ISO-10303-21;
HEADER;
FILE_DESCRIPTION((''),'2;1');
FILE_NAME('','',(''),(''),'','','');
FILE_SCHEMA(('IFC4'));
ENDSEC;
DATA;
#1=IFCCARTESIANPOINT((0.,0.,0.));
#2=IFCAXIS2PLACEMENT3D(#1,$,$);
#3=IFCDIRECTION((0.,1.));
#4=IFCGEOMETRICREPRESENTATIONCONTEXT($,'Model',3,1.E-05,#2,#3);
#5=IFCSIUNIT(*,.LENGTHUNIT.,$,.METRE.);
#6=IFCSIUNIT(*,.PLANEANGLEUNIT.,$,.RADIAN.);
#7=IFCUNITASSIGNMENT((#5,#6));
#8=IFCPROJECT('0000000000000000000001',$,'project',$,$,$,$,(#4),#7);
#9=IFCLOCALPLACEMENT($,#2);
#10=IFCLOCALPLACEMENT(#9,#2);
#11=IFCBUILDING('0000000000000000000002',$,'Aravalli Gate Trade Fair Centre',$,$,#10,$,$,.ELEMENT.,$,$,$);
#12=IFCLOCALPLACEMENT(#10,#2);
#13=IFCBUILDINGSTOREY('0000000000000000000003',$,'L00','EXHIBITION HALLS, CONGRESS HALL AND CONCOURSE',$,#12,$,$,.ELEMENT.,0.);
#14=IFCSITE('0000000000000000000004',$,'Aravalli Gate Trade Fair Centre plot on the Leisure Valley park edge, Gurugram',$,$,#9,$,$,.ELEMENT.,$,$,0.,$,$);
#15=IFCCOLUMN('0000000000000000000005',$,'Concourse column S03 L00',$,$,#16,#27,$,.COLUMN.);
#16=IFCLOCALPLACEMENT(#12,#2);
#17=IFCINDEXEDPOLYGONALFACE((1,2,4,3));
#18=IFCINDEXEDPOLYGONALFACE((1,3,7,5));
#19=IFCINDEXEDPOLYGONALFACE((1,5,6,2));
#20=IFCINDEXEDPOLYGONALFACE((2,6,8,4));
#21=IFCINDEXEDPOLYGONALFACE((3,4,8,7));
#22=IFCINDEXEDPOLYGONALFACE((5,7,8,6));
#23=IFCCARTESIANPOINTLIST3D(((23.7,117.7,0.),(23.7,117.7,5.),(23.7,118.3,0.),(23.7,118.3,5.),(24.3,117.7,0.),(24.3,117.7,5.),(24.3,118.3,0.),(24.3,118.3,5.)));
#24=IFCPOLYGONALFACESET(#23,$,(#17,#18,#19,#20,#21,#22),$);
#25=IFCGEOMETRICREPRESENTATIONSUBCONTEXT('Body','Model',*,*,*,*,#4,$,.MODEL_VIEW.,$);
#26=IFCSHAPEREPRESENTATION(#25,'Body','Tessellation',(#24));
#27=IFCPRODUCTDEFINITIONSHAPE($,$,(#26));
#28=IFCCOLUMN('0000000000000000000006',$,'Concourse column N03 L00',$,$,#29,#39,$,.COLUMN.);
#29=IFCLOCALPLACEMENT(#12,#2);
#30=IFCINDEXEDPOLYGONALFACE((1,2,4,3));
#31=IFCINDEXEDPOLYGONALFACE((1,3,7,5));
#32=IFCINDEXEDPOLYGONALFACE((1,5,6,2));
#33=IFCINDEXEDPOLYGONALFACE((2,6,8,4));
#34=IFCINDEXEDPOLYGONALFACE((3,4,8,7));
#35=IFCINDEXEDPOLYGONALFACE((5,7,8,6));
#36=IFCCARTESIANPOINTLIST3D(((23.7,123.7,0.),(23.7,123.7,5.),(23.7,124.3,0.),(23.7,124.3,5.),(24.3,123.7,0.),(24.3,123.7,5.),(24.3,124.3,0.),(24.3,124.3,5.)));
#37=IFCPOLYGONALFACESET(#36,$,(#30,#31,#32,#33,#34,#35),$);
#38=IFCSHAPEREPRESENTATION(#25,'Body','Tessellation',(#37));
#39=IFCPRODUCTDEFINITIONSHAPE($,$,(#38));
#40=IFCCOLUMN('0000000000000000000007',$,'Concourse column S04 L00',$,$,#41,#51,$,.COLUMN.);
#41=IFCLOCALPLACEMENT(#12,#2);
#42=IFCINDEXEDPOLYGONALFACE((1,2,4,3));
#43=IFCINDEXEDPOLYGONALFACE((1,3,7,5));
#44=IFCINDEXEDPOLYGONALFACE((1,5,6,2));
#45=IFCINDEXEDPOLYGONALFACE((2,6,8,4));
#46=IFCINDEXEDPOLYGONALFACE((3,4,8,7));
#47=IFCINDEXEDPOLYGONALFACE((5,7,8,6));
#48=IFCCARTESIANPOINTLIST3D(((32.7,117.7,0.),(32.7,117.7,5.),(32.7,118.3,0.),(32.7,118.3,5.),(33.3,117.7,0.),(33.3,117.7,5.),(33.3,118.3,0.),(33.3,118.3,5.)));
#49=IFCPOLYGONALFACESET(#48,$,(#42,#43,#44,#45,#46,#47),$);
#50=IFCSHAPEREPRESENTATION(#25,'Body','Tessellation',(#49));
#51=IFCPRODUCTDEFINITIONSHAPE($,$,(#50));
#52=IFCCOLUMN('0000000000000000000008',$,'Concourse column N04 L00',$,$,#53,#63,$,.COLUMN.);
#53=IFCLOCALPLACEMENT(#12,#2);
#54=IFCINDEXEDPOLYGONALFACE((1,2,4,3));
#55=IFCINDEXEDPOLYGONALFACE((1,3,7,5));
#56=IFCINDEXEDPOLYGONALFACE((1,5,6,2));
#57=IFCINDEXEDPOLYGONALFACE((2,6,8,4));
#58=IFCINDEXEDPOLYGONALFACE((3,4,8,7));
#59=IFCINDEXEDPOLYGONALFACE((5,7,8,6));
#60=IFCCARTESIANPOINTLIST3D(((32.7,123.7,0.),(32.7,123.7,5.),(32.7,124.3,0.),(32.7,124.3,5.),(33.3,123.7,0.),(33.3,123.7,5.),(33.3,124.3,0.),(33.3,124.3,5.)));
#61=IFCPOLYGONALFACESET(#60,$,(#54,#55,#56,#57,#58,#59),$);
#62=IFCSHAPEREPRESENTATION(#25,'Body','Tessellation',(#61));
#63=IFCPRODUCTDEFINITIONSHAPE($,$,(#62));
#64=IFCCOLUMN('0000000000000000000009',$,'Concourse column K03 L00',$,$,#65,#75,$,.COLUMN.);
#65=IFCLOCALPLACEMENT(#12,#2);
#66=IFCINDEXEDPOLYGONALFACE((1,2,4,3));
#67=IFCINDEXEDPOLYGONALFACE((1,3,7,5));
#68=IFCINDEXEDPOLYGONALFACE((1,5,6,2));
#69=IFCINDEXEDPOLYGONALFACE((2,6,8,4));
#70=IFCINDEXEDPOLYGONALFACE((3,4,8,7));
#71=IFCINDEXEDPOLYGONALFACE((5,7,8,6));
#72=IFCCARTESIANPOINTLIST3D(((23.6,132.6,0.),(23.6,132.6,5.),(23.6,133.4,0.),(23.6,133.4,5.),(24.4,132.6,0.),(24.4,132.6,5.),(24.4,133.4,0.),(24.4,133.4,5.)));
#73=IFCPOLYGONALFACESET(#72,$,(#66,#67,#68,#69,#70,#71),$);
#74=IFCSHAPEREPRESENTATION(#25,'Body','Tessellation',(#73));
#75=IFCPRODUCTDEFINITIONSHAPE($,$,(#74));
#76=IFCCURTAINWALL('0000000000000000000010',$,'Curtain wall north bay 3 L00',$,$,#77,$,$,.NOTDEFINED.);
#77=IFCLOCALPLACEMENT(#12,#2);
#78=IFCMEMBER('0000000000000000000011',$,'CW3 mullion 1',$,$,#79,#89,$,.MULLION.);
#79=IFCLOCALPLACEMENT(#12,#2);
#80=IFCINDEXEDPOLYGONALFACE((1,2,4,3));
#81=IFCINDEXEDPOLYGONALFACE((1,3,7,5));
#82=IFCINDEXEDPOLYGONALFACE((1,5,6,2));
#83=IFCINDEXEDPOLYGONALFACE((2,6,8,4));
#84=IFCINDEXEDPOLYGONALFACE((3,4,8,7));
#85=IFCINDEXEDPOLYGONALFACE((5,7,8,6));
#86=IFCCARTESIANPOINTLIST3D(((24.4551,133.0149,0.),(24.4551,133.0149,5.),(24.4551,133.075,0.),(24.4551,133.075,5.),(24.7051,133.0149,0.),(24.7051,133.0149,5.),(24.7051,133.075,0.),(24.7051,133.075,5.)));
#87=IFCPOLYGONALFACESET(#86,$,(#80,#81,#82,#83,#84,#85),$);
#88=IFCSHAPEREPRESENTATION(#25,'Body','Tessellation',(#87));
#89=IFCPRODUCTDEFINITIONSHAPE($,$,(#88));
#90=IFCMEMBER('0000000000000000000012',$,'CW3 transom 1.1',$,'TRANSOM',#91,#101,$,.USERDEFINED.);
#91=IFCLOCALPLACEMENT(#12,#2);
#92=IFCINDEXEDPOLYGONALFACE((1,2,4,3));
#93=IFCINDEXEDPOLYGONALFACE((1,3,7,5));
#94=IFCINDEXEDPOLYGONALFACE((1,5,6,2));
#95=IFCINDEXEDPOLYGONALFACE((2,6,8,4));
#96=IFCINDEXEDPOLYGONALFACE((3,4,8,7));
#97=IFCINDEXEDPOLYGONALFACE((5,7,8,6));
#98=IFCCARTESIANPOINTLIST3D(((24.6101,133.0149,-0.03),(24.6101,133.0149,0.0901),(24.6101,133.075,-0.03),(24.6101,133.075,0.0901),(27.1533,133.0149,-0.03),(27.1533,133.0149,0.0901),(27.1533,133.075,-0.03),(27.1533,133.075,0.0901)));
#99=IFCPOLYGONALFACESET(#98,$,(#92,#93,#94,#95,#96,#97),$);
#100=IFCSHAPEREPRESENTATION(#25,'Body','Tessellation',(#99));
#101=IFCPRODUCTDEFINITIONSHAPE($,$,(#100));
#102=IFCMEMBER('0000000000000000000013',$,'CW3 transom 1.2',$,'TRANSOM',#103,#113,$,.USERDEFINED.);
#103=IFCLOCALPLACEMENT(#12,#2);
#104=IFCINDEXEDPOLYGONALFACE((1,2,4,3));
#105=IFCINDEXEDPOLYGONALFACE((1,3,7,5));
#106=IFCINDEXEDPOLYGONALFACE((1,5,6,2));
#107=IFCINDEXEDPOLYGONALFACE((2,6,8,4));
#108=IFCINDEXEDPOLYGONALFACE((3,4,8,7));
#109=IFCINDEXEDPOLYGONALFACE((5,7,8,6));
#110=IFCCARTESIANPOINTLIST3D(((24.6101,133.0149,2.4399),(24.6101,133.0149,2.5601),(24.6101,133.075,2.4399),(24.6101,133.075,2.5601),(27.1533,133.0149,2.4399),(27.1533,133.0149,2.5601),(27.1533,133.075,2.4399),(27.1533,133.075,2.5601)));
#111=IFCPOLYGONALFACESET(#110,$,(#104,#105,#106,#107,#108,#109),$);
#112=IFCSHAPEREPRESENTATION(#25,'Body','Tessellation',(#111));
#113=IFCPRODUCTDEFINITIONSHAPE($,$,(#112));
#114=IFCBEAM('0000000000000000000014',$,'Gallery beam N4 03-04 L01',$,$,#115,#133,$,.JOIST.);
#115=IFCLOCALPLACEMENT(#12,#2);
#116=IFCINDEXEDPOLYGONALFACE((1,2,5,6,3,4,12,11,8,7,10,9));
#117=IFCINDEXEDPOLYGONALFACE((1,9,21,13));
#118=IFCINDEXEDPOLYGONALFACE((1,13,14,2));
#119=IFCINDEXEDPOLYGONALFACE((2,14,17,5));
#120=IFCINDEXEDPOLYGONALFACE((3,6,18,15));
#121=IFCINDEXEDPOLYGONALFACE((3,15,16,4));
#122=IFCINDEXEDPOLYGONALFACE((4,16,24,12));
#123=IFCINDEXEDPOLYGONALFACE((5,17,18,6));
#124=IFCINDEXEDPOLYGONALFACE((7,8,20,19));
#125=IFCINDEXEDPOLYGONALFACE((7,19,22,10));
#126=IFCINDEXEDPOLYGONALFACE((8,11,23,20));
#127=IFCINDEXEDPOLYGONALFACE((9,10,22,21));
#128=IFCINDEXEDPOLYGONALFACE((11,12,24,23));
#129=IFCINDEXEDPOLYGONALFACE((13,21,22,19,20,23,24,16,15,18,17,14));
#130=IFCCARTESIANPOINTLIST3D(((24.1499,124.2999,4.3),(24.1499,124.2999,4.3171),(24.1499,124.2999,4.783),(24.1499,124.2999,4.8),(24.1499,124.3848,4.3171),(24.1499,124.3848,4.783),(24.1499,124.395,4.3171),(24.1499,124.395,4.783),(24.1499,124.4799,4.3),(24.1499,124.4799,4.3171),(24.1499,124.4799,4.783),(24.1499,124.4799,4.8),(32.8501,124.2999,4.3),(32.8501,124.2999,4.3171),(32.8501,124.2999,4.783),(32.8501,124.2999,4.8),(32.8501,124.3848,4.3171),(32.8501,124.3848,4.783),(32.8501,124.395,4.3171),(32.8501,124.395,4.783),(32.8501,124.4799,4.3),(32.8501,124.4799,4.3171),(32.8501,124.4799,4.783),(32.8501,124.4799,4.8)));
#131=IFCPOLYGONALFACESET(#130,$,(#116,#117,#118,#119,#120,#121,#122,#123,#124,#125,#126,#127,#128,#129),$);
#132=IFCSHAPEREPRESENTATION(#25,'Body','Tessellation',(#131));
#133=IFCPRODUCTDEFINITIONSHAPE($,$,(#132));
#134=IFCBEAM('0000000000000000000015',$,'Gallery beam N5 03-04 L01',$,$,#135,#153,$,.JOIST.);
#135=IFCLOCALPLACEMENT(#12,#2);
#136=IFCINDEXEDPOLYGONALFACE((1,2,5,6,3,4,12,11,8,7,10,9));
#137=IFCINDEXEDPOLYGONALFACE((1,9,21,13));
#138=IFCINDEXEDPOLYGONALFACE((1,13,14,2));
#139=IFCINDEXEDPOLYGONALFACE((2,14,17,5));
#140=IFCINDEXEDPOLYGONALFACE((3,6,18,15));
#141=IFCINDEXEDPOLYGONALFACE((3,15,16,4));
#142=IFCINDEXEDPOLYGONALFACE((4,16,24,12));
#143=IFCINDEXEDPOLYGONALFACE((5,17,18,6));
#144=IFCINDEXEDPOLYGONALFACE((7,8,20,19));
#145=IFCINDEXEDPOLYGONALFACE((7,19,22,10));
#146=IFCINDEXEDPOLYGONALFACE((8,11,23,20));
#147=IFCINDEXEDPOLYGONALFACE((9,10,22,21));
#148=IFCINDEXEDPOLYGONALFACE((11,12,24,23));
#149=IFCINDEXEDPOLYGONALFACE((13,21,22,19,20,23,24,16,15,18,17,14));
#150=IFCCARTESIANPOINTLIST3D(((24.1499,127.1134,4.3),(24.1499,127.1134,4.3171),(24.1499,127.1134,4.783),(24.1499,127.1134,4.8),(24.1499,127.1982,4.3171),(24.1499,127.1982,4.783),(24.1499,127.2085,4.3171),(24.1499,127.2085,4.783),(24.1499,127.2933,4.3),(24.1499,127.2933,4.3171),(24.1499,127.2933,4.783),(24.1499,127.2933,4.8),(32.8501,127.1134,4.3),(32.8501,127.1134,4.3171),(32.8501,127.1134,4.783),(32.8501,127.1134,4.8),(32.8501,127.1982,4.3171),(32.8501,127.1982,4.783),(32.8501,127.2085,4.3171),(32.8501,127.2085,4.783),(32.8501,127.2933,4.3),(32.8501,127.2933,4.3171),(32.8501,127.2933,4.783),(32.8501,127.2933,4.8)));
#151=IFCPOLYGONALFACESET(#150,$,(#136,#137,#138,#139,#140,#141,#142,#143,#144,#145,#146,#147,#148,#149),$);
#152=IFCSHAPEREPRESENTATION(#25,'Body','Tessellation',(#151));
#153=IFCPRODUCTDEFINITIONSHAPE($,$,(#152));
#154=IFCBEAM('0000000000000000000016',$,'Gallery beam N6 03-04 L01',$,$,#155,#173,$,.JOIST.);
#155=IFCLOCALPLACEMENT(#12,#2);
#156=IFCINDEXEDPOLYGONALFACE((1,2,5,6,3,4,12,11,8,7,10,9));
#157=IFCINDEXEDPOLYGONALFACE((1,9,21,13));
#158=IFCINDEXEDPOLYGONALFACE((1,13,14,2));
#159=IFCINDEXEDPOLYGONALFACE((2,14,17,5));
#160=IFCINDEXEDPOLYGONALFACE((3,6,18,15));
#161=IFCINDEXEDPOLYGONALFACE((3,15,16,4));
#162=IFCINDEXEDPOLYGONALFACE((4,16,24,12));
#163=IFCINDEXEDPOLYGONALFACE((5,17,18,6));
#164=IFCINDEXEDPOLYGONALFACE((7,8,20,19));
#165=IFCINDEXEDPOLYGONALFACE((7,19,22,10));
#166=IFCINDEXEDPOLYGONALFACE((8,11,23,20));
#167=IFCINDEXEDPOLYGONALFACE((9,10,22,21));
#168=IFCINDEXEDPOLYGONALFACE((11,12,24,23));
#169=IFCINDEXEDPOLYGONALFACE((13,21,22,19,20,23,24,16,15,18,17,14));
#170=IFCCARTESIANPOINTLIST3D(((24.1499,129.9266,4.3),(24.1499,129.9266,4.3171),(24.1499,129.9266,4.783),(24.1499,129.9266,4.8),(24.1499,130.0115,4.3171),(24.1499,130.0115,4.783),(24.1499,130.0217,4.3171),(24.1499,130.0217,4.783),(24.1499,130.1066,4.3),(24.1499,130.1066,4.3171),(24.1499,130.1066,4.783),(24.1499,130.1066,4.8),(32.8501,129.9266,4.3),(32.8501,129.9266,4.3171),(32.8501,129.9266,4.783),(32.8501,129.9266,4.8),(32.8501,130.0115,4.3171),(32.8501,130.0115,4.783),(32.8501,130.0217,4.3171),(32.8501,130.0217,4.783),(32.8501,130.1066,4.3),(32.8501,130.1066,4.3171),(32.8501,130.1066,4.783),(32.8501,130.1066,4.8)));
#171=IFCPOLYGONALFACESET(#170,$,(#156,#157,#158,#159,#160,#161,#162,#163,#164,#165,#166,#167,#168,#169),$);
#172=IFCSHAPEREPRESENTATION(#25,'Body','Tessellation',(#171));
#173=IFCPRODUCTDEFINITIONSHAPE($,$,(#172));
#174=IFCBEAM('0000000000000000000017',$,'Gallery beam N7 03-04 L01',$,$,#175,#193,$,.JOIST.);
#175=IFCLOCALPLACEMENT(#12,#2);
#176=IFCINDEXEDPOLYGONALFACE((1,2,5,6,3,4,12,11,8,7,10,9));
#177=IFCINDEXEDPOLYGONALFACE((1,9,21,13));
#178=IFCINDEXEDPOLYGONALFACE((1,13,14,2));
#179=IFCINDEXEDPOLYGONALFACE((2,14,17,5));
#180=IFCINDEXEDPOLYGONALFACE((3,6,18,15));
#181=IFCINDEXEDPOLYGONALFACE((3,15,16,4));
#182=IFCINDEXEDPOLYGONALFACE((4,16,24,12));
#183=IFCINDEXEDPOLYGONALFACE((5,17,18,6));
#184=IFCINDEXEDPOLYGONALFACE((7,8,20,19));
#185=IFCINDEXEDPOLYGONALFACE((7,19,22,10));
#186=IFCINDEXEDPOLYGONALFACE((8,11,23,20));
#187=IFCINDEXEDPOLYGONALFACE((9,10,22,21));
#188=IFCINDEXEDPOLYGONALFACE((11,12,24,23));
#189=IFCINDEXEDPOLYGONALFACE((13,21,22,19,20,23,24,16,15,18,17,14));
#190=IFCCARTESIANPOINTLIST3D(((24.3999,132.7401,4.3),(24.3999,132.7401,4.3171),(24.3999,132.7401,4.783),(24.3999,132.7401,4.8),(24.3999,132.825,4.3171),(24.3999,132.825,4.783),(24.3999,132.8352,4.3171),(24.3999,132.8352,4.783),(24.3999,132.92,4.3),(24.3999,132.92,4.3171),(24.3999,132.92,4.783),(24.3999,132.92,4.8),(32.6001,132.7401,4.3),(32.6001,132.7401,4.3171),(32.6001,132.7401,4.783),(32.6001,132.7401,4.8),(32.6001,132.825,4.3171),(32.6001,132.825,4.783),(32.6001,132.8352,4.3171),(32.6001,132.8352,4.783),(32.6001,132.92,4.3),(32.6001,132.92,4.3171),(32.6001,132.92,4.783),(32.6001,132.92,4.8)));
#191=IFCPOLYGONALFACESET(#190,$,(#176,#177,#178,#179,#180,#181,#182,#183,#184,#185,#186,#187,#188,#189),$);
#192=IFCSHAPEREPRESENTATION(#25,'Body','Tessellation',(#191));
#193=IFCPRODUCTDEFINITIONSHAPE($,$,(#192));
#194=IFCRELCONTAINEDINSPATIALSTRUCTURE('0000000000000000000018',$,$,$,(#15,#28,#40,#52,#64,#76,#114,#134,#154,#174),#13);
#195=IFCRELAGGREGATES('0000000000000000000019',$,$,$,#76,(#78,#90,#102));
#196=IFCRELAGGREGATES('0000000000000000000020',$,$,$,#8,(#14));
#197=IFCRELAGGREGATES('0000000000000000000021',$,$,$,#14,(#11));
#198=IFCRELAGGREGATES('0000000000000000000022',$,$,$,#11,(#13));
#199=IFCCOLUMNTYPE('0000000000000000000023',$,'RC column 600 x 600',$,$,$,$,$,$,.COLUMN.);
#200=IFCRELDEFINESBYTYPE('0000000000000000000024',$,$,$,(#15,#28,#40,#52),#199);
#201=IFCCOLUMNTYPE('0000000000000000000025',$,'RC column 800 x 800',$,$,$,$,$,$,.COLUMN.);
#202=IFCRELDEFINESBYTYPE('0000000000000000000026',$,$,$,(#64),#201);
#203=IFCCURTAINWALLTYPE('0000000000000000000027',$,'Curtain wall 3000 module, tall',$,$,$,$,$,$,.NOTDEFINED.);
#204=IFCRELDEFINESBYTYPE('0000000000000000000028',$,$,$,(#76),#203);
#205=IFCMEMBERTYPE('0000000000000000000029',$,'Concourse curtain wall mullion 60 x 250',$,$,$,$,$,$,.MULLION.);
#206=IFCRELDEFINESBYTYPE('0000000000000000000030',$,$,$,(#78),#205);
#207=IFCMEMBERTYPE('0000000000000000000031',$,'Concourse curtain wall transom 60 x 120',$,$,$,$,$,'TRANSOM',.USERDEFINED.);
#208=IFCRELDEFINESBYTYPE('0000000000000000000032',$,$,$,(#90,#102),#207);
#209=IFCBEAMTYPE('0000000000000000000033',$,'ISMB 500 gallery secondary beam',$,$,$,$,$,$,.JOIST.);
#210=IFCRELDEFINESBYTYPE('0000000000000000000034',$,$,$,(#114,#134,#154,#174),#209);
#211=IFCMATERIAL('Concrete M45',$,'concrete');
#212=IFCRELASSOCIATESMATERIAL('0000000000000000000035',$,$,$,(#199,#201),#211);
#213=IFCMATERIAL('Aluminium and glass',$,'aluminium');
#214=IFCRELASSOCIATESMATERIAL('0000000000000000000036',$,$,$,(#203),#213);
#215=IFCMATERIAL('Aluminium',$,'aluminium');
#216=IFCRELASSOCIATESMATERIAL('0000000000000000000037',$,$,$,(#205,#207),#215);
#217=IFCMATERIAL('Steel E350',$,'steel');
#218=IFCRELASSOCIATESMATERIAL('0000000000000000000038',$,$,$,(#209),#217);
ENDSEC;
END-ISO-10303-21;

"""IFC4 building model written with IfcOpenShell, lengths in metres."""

from ifc_helpers import new_model, si_unit, direction, frame, origin, origin_2d, place, context, subcontext, project, spatial, rectangle, i_section, extrude, material, material_profile, profile_set, type_object, element, aggregate, save


model = new_model("IFC4")

# Units and contexts
model_context = context("Model", 3, precision=1e-05, world=origin(), true_north=direction((0.0, 1.0)))
body_context = subcontext(model_context, "Body", "Model", "MODEL_VIEW")
ifc_project = project(units=[si_unit("LENGTHUNIT", "METRE"), si_unit("PLANEANGLEUNIT", "RADIAN")], contexts=[model_context])

# Site, building, storey
site_placement = place(None, origin())
site = spatial("IfcSite", under=ifc_project, at=site_placement, Name="Aravalli Gate Trade Fair Centre plot on the Leisure Valley park edge, Gurugram", CompositionType="ELEMENT", RefElevation=0.0)
building_placement = place(site_placement, origin())
building = spatial("IfcBuilding", under=site, at=building_placement, Name="Aravalli Gate Trade Fair Centre", CompositionType="ELEMENT")
storey_placement = place(building_placement, origin())
storey = spatial("IfcBuildingStorey", under=building, at=storey_placement, Name="L00", Description="EXHIBITION HALLS, CONGRESS HALL AND CONCOURSE", CompositionType="ELEMENT", Elevation=0.0)

# Columns
ifc_material_1 = material(Name="Concrete M45", Category="concrete")
ifc_material_profile_1 = material_profile(ifc_material_1, rectangle(XDim=0.6001, YDim=0.6001, at=origin_2d()), Name="RC column 600 x 600")
ifc_profile_set_1 = profile_set([ifc_material_profile_1], Name="Concrete M45")
column_type_1 = type_object("IfcColumnType", Name="RC column 600 x 600", PredefinedType="COLUMN", material=ifc_profile_set_1)
for number, where, z_axis, x_axis, name in (
    (1, (24.0, 118.0, 0.0), (0.0, 0.0, 1.0), (1.0, 0.0, 0.0), "Concourse column S03 L00"),
    (2, (24.0, 124.0, 0.0), (0.0, 0.0, 1.0), (1.0, 0.0, 0.0), "Concourse column N03 L00"),
    (3, (33.0, 118.0, 0.0), (0.0, 0.0, 1.0), (1.0, 0.0, 0.0), "Concourse column S04 L00"),
    (4, (33.0, 124.0, 0.0), (0.0, 0.0, 1.0), (1.0, 0.0, 0.0), "Concourse column N04 L00"),
):
    element("IfcColumn", number, at=place(storey_placement, frame(where, z_axis=z_axis, x_axis=x_axis)), inside=storey, type_object=column_type_1, Name=name, PredefinedType="COLUMN", context=body_context, shape_type="SweptSolid", body=[
        extrude(rectangle(XDim=0.6001, YDim=0.6001, at=origin_2d()), origin(), (0.0, 0.0, 1.0), 5.0),
    ])
ifc_material_profile_2 = material_profile(ifc_material_1, rectangle(XDim=0.8, YDim=0.8, at=origin_2d()), Name="RC column 800 x 800")
ifc_profile_set_2 = profile_set([ifc_material_profile_2], Name="Concrete M45")
column_type_2 = type_object("IfcColumnType", Name="RC column 800 x 800", PredefinedType="COLUMN", material=ifc_profile_set_2)
column_placement = place(storey_placement, frame((24.0, 133.0, 0.0), z_axis=(0.0, 0.0, 1.0), x_axis=(1.0, 0.0, 0.0)))
element("IfcColumn", 5, at=column_placement, inside=storey, type_object=column_type_2, Name="Concourse column K03 L00", PredefinedType="COLUMN", context=body_context, shape_type="SweptSolid", body=[
    extrude(rectangle(XDim=0.8, YDim=0.8, at=origin_2d()), origin(), (0.0, 0.0, 1.0), 5.0),
])

# Curtain wall, members
ifc_material_2 = material(Name="Aluminium and glass", Category="aluminium")
curtain_wall_type = type_object("IfcCurtainWallType", Name="Curtain wall 3000 module, tall", PredefinedType="NOTDEFINED", material=ifc_material_2)
curtain_wall_placement = place(storey_placement, origin())
curtain_wall = element("IfcCurtainWall", 6, at=curtain_wall_placement, inside=storey, type_object=curtain_wall_type, Name="Curtain wall north bay 3 L00", PredefinedType="NOTDEFINED")
ifc_material_3 = material(Name="Aluminium", Category="aluminium")
ifc_material_profile_3 = material_profile(ifc_material_3, rectangle(XDim=0.0601, YDim=0.25, at=origin_2d()), Name="Concourse curtain wall mullion 60 x 250")
ifc_profile_set_3 = profile_set([ifc_material_profile_3], Name="Aluminium")
member_type_1 = type_object("IfcMemberType", Name="Concourse curtain wall mullion 60 x 250", PredefinedType="MULLION", material=ifc_profile_set_3)
member_1_placement = place(storey_placement, frame((24.5801, 133.0449, 0.0), z_axis=(0.0, 0.0, 1.0), x_axis=(0.0, 1.0, 0.0)))
member_1 = element("IfcMember", 7, at=member_1_placement, type_object=member_type_1, Name="CW3 mullion 1", PredefinedType="MULLION", context=body_context, shape_type="SweptSolid", body=[
    extrude(rectangle(XDim=0.0601, YDim=0.25, at=origin_2d()), origin(), (0.0, 0.0, 1.0), 5.0),
])
ifc_material_profile_4 = material_profile(ifc_material_3, rectangle(XDim=0.0601, YDim=0.1201, at=origin_2d()), Name="Concourse curtain wall transom 60 x 120")
ifc_profile_set_4 = profile_set([ifc_material_profile_4], Name="Aluminium")
member_type_2 = type_object("IfcMemberType", Name="Concourse curtain wall transom 60 x 120", ElementType="TRANSOM", PredefinedType="USERDEFINED", material=ifc_profile_set_4)
member_2_placement = place(storey_placement, frame((24.6101, 133.0449, 0.03), z_axis=(1.0, 0.0, 0.0), x_axis=(0.0, 1.0, 0.0)))
member_2 = element("IfcMember", 8, at=member_2_placement, type_object=member_type_2, Name="CW3 transom 1.1", ObjectType="TRANSOM", PredefinedType="USERDEFINED", context=body_context, shape_type="SweptSolid", body=[
    extrude(rectangle(XDim=0.0601, YDim=0.1201, at=origin_2d()), origin(), (0.0, 0.0, 1.0), 2.5432),
])
member_3_placement = place(storey_placement, frame((24.6101, 133.0449, 2.5), z_axis=(1.0, 0.0, 0.0), x_axis=(0.0, 1.0, 0.0)))
member_3 = element("IfcMember", 9, at=member_3_placement, type_object=member_type_2, Name="CW3 transom 1.2", ObjectType="TRANSOM", PredefinedType="USERDEFINED", context=body_context, shape_type="SweptSolid", body=[
    extrude(rectangle(XDim=0.0601, YDim=0.1201, at=origin_2d()), origin(), (0.0, 0.0, 1.0), 2.5432),
])
aggregate(curtain_wall, [member_1, member_2, member_3])

# Beams
ifc_material_4 = material(Name="Steel E350", Category="steel")
ifc_material_profile_5 = material_profile(ifc_material_4, i_section(OverallWidth=0.1799, OverallDepth=0.5, WebThickness=0.0103, FlangeThickness=0.0171, at=origin_2d()), Name="ISMB 500")
ifc_profile_set_5 = profile_set([ifc_material_profile_5], Name="Steel E350")
beam_type_1 = type_object("IfcBeamType", Name="ISMB 500 gallery secondary beam", PredefinedType="JOIST", material=ifc_profile_set_5)
for number, where, z_axis, x_axis, name in (
    (10, (24.1499, 124.3899, 4.55), (1.0, 0.0, 0.0), (0.0, 1.0, 0.0), "Gallery beam N4 03-04 L01"),
    (11, (24.1499, 127.2034, 4.55), (1.0, 0.0, 0.0), (0.0, 1.0, 0.0), "Gallery beam N5 03-04 L01"),
    (12, (24.1499, 130.0166, 4.55), (1.0, 0.0, 0.0), (0.0, 1.0, 0.0), "Gallery beam N6 03-04 L01"),
):
    element("IfcBeam", number, at=place(storey_placement, frame(where, z_axis=z_axis, x_axis=x_axis)), inside=storey, type_object=beam_type_1, Name=name, PredefinedType="JOIST", context=body_context, shape_type="SweptSolid", body=[
        extrude(i_section(OverallWidth=0.1799, OverallDepth=0.5, WebThickness=0.0103, FlangeThickness=0.0171, at=origin_2d()), origin(), (0.0, 0.0, 1.0), 8.7002),
    ])
beam_1_placement = place(storey_placement, frame((24.3999, 132.8301, 4.55), z_axis=(1.0, 0.0, 0.0), x_axis=(0.0, 1.0, 0.0)))
element("IfcBeam", 13, at=beam_1_placement, inside=storey, type_object=beam_type_1, Name="Gallery beam N7 03-04 L01", PredefinedType="JOIST", context=body_context, shape_type="SweptSolid", body=[
    extrude(i_section(OverallWidth=0.1799, OverallDepth=0.5, WebThickness=0.0103, FlangeThickness=0.0171, at=origin_2d()), origin(), (0.0, 0.0, 1.0), 8.2002),
])

save(model, "model.ifc")
